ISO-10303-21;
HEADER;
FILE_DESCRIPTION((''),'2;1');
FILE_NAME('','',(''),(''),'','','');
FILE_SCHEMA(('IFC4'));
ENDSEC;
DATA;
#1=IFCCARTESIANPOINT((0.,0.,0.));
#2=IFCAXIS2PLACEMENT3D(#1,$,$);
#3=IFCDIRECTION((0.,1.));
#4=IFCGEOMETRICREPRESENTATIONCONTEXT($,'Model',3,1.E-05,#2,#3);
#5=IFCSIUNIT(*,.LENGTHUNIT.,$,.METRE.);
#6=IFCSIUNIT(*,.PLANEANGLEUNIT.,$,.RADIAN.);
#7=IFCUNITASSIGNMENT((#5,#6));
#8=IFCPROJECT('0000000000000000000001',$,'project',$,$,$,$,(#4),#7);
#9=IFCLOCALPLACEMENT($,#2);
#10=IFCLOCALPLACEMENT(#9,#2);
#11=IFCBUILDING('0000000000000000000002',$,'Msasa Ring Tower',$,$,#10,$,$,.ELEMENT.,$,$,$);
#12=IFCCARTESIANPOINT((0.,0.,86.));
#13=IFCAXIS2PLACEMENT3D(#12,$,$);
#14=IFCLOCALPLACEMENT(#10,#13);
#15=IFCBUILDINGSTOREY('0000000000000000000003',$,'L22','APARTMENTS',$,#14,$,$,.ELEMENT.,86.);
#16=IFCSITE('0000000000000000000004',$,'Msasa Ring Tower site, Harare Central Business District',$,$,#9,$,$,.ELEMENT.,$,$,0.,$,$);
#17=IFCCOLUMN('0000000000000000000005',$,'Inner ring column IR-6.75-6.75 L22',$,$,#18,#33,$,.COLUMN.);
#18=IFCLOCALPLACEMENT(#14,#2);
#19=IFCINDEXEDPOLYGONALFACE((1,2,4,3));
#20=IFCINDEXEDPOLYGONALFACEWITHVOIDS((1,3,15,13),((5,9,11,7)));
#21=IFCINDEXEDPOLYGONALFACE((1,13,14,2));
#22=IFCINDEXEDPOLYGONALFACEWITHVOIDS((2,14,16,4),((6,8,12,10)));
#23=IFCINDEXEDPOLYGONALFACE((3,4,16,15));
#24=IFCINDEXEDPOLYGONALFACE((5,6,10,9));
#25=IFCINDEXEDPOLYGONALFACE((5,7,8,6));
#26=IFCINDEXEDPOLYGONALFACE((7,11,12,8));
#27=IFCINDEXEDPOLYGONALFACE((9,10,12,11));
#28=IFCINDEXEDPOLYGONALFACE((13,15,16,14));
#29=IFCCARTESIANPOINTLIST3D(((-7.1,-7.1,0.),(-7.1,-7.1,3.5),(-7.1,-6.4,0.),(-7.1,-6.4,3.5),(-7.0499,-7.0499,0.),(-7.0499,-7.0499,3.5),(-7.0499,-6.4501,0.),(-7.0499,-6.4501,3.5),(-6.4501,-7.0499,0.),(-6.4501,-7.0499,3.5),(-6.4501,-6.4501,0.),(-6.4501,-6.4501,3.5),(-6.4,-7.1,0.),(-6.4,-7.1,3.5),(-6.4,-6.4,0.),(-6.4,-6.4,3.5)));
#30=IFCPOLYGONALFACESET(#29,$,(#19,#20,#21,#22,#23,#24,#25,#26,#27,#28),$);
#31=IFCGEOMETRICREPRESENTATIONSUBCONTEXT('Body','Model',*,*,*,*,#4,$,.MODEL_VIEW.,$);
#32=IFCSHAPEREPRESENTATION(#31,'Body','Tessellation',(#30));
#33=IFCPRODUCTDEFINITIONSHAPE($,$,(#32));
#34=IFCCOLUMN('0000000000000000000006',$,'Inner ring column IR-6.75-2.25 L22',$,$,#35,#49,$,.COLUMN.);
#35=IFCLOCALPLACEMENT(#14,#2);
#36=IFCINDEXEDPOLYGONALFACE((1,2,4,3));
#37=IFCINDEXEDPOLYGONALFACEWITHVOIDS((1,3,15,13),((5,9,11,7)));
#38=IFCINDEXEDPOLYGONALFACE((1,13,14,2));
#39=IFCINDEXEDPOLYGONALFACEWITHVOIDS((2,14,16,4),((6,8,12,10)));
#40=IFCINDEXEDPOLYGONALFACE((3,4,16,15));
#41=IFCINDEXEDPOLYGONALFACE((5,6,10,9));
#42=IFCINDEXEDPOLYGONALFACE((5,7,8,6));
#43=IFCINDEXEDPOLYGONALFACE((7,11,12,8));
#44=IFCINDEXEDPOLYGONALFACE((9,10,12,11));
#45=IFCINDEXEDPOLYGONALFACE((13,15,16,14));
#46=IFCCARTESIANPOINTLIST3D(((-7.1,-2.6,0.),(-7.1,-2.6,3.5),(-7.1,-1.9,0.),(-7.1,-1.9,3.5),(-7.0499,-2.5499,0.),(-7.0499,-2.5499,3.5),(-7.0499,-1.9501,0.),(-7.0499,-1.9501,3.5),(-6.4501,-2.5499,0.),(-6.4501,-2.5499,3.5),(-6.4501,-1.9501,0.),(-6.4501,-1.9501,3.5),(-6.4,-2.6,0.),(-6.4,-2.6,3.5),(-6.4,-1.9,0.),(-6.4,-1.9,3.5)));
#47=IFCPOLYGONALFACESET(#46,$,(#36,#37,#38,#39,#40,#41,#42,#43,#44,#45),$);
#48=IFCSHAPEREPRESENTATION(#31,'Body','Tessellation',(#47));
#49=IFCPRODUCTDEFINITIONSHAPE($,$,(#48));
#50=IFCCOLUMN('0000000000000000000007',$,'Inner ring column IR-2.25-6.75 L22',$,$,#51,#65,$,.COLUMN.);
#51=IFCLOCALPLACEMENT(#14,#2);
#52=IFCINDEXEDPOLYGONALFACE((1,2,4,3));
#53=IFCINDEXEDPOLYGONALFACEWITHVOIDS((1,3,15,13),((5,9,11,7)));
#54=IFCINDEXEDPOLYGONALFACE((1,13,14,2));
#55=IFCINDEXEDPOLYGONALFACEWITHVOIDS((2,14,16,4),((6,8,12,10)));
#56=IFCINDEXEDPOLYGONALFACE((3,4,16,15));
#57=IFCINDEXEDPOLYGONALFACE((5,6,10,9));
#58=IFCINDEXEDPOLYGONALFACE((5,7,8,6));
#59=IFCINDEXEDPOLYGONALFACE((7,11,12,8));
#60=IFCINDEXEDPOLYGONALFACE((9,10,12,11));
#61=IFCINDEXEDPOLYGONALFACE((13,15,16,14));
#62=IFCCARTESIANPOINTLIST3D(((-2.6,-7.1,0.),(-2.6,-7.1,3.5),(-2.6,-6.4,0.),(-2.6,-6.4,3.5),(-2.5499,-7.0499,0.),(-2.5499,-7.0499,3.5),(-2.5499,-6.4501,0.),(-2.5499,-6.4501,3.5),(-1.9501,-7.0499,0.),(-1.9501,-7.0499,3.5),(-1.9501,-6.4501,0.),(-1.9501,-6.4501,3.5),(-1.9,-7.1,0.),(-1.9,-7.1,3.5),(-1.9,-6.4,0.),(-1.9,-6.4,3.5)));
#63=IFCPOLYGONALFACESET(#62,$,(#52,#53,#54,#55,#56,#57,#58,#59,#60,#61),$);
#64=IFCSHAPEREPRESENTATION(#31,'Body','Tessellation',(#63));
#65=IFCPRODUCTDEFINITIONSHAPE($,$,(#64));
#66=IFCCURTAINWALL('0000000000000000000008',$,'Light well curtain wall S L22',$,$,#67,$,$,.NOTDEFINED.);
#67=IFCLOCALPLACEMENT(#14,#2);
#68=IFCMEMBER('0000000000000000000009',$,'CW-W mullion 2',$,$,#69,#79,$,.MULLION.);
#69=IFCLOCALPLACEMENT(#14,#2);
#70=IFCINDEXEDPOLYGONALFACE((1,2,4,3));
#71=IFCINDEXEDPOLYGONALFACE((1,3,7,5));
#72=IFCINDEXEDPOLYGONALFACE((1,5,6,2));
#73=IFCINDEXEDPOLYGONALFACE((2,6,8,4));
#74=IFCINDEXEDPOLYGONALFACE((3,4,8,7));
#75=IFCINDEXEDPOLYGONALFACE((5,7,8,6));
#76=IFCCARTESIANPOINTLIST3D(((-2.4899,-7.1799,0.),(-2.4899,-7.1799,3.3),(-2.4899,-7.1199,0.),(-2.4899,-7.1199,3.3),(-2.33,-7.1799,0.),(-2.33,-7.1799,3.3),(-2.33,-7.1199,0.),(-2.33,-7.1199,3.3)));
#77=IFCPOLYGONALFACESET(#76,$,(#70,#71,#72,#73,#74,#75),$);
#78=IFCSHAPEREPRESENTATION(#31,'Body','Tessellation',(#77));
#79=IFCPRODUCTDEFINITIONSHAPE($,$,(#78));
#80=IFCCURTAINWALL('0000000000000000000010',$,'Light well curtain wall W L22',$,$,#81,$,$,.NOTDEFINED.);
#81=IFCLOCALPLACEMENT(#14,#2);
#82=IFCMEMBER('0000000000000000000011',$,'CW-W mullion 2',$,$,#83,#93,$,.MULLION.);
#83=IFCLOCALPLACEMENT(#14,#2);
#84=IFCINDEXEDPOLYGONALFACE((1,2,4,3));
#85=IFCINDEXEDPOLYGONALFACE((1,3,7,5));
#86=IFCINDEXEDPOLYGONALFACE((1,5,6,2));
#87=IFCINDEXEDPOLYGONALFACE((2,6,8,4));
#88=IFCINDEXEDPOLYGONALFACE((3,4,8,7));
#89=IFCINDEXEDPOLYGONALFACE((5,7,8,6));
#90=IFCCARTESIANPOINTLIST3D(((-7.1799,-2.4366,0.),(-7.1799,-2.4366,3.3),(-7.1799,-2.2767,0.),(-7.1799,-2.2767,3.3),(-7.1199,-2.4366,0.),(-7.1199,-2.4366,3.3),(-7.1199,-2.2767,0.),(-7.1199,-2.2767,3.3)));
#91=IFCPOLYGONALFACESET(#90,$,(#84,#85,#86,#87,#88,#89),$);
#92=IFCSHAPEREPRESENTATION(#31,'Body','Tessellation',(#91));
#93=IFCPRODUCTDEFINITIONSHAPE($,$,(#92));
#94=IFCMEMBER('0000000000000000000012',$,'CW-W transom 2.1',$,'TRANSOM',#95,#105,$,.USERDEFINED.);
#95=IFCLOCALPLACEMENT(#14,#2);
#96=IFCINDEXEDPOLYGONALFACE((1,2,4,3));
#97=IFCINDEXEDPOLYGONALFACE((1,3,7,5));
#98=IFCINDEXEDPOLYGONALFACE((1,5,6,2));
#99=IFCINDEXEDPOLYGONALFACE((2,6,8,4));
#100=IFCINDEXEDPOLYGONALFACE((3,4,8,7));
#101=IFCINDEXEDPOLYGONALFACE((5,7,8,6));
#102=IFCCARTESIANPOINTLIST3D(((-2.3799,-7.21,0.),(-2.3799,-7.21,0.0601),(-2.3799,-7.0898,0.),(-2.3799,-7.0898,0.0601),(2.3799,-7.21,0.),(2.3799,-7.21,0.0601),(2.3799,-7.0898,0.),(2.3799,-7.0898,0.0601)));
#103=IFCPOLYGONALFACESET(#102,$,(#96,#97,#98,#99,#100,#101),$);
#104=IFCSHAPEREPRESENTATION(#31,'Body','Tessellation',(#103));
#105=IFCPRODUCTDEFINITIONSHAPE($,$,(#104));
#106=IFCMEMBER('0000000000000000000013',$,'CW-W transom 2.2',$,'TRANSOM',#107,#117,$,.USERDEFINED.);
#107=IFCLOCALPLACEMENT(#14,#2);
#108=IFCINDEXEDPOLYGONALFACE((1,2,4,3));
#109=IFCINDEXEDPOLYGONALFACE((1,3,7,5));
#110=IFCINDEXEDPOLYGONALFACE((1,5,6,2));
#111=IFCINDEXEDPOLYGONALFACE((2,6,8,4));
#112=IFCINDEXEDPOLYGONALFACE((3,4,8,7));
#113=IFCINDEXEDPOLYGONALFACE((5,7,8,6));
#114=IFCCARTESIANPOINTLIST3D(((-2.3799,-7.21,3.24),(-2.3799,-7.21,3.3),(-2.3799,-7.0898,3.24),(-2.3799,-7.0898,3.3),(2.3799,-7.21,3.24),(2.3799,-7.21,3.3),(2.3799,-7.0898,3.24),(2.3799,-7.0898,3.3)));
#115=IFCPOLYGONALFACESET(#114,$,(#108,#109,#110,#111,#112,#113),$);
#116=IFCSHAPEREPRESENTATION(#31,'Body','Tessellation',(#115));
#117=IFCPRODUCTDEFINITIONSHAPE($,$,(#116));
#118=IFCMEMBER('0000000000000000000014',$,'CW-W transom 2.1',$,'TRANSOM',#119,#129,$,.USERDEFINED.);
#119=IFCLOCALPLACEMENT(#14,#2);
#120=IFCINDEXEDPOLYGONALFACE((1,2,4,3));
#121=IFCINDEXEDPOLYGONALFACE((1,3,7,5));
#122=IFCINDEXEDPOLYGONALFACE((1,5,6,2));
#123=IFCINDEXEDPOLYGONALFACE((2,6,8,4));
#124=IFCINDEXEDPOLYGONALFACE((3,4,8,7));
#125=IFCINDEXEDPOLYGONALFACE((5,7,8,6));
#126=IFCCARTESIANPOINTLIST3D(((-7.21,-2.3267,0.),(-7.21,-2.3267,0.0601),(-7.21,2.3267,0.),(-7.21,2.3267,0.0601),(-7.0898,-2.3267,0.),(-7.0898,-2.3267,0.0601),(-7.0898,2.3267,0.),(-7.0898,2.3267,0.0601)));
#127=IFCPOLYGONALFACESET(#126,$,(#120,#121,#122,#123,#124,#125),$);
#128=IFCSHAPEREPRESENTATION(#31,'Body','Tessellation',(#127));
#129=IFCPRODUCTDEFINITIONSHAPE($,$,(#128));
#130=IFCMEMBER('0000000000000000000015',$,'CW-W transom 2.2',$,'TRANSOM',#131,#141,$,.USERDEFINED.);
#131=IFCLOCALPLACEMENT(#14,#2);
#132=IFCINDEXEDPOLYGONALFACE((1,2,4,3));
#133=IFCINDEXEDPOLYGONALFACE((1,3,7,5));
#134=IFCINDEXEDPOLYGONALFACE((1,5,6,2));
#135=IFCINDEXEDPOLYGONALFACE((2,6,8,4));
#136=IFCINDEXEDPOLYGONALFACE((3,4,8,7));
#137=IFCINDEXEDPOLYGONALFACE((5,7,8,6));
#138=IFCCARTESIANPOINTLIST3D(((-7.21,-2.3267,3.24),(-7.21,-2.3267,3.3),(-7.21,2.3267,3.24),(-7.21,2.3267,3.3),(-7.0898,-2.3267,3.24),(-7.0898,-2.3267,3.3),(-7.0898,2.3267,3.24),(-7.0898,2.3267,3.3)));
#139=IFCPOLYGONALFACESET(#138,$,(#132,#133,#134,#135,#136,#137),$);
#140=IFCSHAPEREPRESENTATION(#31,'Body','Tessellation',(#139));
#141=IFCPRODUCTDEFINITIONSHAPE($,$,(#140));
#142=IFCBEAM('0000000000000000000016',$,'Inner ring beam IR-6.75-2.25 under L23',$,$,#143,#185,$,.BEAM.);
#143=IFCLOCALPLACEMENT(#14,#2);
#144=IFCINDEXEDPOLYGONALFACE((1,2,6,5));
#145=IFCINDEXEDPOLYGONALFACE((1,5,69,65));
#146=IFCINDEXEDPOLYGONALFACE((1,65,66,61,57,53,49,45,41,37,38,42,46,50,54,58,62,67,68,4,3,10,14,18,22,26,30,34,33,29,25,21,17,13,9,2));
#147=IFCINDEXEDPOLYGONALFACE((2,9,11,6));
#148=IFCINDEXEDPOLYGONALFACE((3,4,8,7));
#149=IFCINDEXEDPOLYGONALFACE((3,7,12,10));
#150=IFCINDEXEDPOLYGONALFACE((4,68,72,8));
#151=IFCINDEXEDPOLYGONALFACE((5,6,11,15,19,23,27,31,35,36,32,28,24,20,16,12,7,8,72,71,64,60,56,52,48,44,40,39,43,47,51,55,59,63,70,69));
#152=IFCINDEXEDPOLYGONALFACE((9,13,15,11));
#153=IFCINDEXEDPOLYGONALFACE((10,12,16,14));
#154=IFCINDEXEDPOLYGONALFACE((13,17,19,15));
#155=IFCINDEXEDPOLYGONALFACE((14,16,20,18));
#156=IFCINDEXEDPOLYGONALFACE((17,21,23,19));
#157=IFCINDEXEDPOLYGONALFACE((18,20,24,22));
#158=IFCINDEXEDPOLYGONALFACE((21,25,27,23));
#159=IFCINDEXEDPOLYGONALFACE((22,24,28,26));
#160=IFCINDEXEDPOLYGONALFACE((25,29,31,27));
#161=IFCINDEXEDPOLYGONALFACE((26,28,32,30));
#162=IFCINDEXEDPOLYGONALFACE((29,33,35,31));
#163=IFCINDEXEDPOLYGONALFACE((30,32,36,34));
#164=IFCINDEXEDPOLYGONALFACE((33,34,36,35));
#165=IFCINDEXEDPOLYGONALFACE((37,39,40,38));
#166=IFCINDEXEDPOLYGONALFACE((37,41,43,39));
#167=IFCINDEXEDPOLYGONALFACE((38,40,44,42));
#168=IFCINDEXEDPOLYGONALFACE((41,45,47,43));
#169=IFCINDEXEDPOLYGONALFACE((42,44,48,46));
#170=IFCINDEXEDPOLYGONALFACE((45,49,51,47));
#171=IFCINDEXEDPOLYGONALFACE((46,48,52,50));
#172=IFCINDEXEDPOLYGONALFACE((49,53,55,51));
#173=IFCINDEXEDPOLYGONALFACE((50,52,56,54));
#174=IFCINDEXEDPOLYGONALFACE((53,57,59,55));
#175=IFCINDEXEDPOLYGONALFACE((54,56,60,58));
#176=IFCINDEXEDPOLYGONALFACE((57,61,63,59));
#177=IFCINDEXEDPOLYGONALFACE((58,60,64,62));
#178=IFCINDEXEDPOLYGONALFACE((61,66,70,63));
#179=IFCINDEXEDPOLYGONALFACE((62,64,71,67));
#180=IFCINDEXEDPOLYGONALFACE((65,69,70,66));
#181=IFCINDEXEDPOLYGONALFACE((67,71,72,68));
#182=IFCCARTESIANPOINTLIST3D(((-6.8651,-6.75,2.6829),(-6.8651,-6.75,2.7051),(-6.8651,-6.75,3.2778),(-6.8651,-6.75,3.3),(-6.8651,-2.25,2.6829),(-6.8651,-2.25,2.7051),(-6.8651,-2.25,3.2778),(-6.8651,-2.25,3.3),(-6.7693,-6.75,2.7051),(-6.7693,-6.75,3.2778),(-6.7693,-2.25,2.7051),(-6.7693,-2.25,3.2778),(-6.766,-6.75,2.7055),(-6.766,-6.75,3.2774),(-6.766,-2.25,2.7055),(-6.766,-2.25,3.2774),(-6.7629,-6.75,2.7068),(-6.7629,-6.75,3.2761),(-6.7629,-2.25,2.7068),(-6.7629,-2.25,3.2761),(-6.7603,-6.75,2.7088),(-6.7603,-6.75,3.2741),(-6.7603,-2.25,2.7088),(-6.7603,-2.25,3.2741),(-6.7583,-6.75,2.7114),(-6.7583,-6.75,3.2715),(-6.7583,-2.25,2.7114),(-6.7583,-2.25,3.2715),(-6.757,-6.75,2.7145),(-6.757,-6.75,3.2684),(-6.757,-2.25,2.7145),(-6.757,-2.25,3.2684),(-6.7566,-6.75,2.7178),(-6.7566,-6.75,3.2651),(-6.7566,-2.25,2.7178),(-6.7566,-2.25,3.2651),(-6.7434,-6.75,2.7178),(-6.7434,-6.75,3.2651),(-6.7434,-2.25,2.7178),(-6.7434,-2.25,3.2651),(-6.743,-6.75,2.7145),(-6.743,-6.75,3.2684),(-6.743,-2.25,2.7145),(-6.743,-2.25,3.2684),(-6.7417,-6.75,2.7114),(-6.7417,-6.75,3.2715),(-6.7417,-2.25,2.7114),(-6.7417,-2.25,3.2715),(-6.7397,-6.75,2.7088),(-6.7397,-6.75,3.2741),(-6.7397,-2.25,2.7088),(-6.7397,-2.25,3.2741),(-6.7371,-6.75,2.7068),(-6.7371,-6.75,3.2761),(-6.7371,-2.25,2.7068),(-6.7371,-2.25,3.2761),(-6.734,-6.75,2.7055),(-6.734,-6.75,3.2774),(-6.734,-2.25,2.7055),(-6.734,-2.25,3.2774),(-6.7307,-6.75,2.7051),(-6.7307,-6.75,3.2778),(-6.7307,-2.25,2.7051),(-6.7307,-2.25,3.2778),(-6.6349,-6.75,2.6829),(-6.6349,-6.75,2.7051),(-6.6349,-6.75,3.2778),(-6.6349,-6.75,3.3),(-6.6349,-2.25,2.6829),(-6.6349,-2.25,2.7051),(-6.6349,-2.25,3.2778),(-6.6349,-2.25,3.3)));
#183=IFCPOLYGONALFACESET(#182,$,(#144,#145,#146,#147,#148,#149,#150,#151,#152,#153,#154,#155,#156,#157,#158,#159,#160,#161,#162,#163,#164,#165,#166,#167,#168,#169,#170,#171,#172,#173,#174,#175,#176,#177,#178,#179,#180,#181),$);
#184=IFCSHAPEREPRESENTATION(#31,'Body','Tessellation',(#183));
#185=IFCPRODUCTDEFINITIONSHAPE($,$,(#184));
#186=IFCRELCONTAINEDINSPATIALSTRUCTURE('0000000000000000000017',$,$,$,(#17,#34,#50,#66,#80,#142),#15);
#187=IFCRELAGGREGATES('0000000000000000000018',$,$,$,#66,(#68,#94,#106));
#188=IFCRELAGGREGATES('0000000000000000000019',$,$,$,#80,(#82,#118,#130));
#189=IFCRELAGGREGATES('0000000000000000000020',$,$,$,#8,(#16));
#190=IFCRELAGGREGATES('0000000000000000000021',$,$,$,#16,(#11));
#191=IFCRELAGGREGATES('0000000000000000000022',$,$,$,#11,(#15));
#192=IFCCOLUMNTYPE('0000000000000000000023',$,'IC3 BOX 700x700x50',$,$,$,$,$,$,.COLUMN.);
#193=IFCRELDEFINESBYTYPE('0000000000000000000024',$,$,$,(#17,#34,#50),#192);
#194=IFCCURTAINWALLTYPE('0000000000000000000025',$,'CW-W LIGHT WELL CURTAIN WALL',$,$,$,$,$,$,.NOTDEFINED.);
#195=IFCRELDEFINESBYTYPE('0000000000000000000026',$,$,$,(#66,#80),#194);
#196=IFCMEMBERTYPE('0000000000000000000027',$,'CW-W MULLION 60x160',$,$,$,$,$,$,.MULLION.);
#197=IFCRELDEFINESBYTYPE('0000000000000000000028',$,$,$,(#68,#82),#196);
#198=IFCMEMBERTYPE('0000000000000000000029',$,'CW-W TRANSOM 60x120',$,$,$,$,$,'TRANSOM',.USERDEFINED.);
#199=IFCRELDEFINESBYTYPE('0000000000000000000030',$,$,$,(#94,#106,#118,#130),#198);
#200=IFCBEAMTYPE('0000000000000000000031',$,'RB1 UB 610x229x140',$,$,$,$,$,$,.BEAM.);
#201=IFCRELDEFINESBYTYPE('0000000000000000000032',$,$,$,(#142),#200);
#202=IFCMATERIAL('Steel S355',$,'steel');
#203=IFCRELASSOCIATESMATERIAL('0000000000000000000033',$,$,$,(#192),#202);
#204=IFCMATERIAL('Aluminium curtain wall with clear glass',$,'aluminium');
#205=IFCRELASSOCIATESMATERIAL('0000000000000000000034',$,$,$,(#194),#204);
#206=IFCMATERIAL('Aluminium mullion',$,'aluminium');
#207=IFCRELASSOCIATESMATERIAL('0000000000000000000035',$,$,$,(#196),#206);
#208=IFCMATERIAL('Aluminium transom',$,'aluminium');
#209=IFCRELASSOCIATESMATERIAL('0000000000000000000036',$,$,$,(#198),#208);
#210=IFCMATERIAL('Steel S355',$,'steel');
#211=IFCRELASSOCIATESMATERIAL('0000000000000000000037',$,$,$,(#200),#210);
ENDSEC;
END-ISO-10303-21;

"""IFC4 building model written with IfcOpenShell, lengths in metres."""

from ifc_helpers import new_model, si_unit, direction, frame, origin, origin_2d, place, context, subcontext, project, spatial, rectangle, hollow_rectangle, i_section, extrude, material, material_profile, profile_set, type_object, element, aggregate, save


model = new_model("IFC4")

# Units and contexts
model_context = context("Model", 3, precision=1e-05, world=origin(), true_north=direction((0.0, 1.0)))
body_context = subcontext(model_context, "Body", "Model", "MODEL_VIEW")
ifc_project = project(units=[si_unit("LENGTHUNIT", "METRE"), si_unit("PLANEANGLEUNIT", "RADIAN")], contexts=[model_context])

# Site, building, storey
site_placement = place(None, origin())
site = spatial("IfcSite", under=ifc_project, at=site_placement, Name="Msasa Ring Tower site, Harare Central Business District", CompositionType="ELEMENT", RefElevation=0.0)
building_placement = place(site_placement, origin())
building = spatial("IfcBuilding", under=site, at=building_placement, Name="Msasa Ring Tower", CompositionType="ELEMENT")
storey_placement = place(building_placement, frame((0.0, 0.0, 86.0)))
storey = spatial("IfcBuildingStorey", under=building, at=storey_placement, Name="L22", Description="APARTMENTS", CompositionType="ELEMENT", Elevation=86.0)

# Columns
ifc_material_1 = material(Name="Steel S355", Category="steel")
ifc_material_profile_1 = material_profile(ifc_material_1, hollow_rectangle(XDim=0.7, YDim=0.7, WallThickness=0.05, at=origin_2d()), Name="BOX 700x700x50")
ifc_profile_set_1 = profile_set([ifc_material_profile_1], Name="Steel S355")
column_type = type_object("IfcColumnType", Name="IC3 BOX 700x700x50", PredefinedType="COLUMN", material=ifc_profile_set_1)
for number, where, z_axis, x_axis, name in (
    (1, (-6.75, -6.75, 0.0), (0.0, 0.0, 1.0), (1.0, 0.0, 0.0), "Inner ring column IR-6.75-6.75 L22"),
    (2, (-6.75, -2.25, 0.0), (0.0, 0.0, 1.0), (1.0, 0.0, 0.0), "Inner ring column IR-6.75-2.25 L22"),
    (3, (-2.25, -6.75, 0.0), (0.0, 0.0, 1.0), (1.0, 0.0, 0.0), "Inner ring column IR-2.25-6.75 L22"),
):
    element("IfcColumn", number, at=place(storey_placement, frame(where, z_axis=z_axis, x_axis=x_axis)), inside=storey, type_object=column_type, Name=name, PredefinedType="COLUMN", context=body_context, shape_type="SweptSolid", body=[
        extrude(hollow_rectangle(XDim=0.7, YDim=0.7, WallThickness=0.05, at=origin_2d()), origin(), (0.0, 0.0, 1.0), 3.5),
    ])

# Curtain walls, members
ifc_material_2 = material(Name="Aluminium curtain wall with clear glass", Category="aluminium")
curtain_wall_type = type_object("IfcCurtainWallType", Name="CW-W LIGHT WELL CURTAIN WALL", PredefinedType="NOTDEFINED", material=ifc_material_2)
curtain_wall_1_placement = place(storey_placement, origin())
curtain_wall_1 = element("IfcCurtainWall", 4, at=curtain_wall_1_placement, inside=storey, type_object=curtain_wall_type, Name="Light well curtain wall S L22", PredefinedType="NOTDEFINED")
ifc_material_3 = material(Name="Aluminium mullion", Category="aluminium")
ifc_material_profile_2 = material_profile(ifc_material_3, rectangle(XDim=0.0601, YDim=0.1599, at=origin_2d()), Name="AL 60x160")
ifc_profile_set_2 = profile_set([ifc_material_profile_2], Name="Aluminium mullion")
member_type_1 = type_object("IfcMemberType", Name="CW-W MULLION 60x160", PredefinedType="MULLION", material=ifc_profile_set_2)
member_1_placement = place(storey_placement, frame((-2.4099, -7.1499, 0.0), z_axis=(0.0, 0.0, 1.0), x_axis=(0.0, 1.0, 0.0)))
member_1 = element("IfcMember", 5, at=member_1_placement, type_object=member_type_1, Name="CW-W mullion 2", PredefinedType="MULLION", context=body_context, shape_type="SweptSolid", body=[
    extrude(rectangle(XDim=0.0601, YDim=0.1599, at=origin_2d()), origin(), (0.0, 0.0, 1.0), 3.3),
])
curtain_wall_2_placement = place(storey_placement, origin())
curtain_wall_2 = element("IfcCurtainWall", 6, at=curtain_wall_2_placement, inside=storey, type_object=curtain_wall_type, Name="Light well curtain wall W L22", PredefinedType="NOTDEFINED")
member_2_placement = place(storey_placement, frame((-7.1499, -2.3567, 0.0), z_axis=(0.0, 0.0, 1.0), x_axis=(-1.0, 0.0, 0.0)))
member_2 = element("IfcMember", 7, at=member_2_placement, type_object=member_type_1, Name="CW-W mullion 2", PredefinedType="MULLION", context=body_context, shape_type="SweptSolid", body=[
    extrude(rectangle(XDim=0.0601, YDim=0.1599, at=origin_2d()), origin(), (0.0, 0.0, 1.0), 3.3),
])

# Members
ifc_material_4 = material(Name="Aluminium transom", Category="aluminium")
ifc_material_profile_3 = material_profile(ifc_material_4, rectangle(XDim=0.1201, YDim=0.0601, at=origin_2d()), Name="AL 60x120")
ifc_profile_set_3 = profile_set([ifc_material_profile_3], Name="Aluminium transom")
member_type_2 = type_object("IfcMemberType", Name="CW-W TRANSOM 60x120", ElementType="TRANSOM", PredefinedType="USERDEFINED", material=ifc_profile_set_3)
member_3_placement = place(storey_placement, frame((-2.3799, -7.1499, 0.03), z_axis=(1.0, 0.0, 0.0), x_axis=(0.0, 1.0, 0.0)))
member_3 = element("IfcMember", 8, at=member_3_placement, type_object=member_type_2, Name="CW-W transom 2.1", ObjectType="TRANSOM", PredefinedType="USERDEFINED", context=body_context, shape_type="SweptSolid", body=[
    extrude(rectangle(XDim=0.1201, YDim=0.0601, at=origin_2d()), origin(), (0.0, 0.0, 1.0), 4.7598),
])
member_4_placement = place(storey_placement, frame((-2.3799, -7.1499, 3.27), z_axis=(1.0, 0.0, 0.0), x_axis=(0.0, 1.0, 0.0)))
member_4 = element("IfcMember", 9, at=member_4_placement, type_object=member_type_2, Name="CW-W transom 2.2", ObjectType="TRANSOM", PredefinedType="USERDEFINED", context=body_context, shape_type="SweptSolid", body=[
    extrude(rectangle(XDim=0.1201, YDim=0.0601, at=origin_2d()), origin(), (0.0, 0.0, 1.0), 4.7598),
])
member_5_placement = place(storey_placement, frame((-7.1499, -2.3267, 0.03), z_axis=(0.0, 1.0, 0.0), x_axis=(-1.0, 0.0, 0.0)))
member_5 = element("IfcMember", 10, at=member_5_placement, type_object=member_type_2, Name="CW-W transom 2.1", ObjectType="TRANSOM", PredefinedType="USERDEFINED", context=body_context, shape_type="SweptSolid", body=[
    extrude(rectangle(XDim=0.1201, YDim=0.0601, at=origin_2d()), origin(), (0.0, 0.0, 1.0), 4.6533),
])
member_6_placement = place(storey_placement, frame((-7.1499, -2.3267, 3.27), z_axis=(0.0, 1.0, 0.0), x_axis=(-1.0, 0.0, 0.0)))
member_6 = element("IfcMember", 11, at=member_6_placement, type_object=member_type_2, Name="CW-W transom 2.2", ObjectType="TRANSOM", PredefinedType="USERDEFINED", context=body_context, shape_type="SweptSolid", body=[
    extrude(rectangle(XDim=0.1201, YDim=0.0601, at=origin_2d()), origin(), (0.0, 0.0, 1.0), 4.6533),
])

# Beam
ifc_material_5 = material(Name="Steel S355", Category="steel")
ifc_material_profile_4 = material_profile(ifc_material_5, i_section(OverallWidth=0.2302, OverallDepth=0.6172, WebThickness=0.0132, FlangeThickness=0.0222, FilletRadius=0.0127, at=origin_2d()), Name="UB 610x229x140")
ifc_profile_set_4 = profile_set([ifc_material_profile_4], Name="Steel S355")
beam_type = type_object("IfcBeamType", Name="RB1 UB 610x229x140", PredefinedType="BEAM", material=ifc_profile_set_4)
for number, where, z_axis, x_axis, name in (
    (12, (-6.75, -2.25, 2.9915), (0.0, -1.0, 0.0), (1.0, 0.0, 0.0), "Inner ring beam IR-6.75-2.25 under L23"),
):
    element("IfcBeam", number, at=place(storey_placement, frame(where, z_axis=z_axis, x_axis=x_axis)), inside=storey, type_object=beam_type, Name=name, PredefinedType="BEAM", context=body_context, shape_type="SweptSolid", body=[
        extrude(i_section(OverallWidth=0.2302, OverallDepth=0.6172, WebThickness=0.0132, FlangeThickness=0.0222, FilletRadius=0.0127, at=origin_2d()), origin(), (0.0, 0.0, 1.0), 4.5),
    ])

aggregate(curtain_wall_1, [member_1, member_3, member_4])
aggregate(curtain_wall_2, [member_2, member_5, member_6])

save(model, "model.ifc")
